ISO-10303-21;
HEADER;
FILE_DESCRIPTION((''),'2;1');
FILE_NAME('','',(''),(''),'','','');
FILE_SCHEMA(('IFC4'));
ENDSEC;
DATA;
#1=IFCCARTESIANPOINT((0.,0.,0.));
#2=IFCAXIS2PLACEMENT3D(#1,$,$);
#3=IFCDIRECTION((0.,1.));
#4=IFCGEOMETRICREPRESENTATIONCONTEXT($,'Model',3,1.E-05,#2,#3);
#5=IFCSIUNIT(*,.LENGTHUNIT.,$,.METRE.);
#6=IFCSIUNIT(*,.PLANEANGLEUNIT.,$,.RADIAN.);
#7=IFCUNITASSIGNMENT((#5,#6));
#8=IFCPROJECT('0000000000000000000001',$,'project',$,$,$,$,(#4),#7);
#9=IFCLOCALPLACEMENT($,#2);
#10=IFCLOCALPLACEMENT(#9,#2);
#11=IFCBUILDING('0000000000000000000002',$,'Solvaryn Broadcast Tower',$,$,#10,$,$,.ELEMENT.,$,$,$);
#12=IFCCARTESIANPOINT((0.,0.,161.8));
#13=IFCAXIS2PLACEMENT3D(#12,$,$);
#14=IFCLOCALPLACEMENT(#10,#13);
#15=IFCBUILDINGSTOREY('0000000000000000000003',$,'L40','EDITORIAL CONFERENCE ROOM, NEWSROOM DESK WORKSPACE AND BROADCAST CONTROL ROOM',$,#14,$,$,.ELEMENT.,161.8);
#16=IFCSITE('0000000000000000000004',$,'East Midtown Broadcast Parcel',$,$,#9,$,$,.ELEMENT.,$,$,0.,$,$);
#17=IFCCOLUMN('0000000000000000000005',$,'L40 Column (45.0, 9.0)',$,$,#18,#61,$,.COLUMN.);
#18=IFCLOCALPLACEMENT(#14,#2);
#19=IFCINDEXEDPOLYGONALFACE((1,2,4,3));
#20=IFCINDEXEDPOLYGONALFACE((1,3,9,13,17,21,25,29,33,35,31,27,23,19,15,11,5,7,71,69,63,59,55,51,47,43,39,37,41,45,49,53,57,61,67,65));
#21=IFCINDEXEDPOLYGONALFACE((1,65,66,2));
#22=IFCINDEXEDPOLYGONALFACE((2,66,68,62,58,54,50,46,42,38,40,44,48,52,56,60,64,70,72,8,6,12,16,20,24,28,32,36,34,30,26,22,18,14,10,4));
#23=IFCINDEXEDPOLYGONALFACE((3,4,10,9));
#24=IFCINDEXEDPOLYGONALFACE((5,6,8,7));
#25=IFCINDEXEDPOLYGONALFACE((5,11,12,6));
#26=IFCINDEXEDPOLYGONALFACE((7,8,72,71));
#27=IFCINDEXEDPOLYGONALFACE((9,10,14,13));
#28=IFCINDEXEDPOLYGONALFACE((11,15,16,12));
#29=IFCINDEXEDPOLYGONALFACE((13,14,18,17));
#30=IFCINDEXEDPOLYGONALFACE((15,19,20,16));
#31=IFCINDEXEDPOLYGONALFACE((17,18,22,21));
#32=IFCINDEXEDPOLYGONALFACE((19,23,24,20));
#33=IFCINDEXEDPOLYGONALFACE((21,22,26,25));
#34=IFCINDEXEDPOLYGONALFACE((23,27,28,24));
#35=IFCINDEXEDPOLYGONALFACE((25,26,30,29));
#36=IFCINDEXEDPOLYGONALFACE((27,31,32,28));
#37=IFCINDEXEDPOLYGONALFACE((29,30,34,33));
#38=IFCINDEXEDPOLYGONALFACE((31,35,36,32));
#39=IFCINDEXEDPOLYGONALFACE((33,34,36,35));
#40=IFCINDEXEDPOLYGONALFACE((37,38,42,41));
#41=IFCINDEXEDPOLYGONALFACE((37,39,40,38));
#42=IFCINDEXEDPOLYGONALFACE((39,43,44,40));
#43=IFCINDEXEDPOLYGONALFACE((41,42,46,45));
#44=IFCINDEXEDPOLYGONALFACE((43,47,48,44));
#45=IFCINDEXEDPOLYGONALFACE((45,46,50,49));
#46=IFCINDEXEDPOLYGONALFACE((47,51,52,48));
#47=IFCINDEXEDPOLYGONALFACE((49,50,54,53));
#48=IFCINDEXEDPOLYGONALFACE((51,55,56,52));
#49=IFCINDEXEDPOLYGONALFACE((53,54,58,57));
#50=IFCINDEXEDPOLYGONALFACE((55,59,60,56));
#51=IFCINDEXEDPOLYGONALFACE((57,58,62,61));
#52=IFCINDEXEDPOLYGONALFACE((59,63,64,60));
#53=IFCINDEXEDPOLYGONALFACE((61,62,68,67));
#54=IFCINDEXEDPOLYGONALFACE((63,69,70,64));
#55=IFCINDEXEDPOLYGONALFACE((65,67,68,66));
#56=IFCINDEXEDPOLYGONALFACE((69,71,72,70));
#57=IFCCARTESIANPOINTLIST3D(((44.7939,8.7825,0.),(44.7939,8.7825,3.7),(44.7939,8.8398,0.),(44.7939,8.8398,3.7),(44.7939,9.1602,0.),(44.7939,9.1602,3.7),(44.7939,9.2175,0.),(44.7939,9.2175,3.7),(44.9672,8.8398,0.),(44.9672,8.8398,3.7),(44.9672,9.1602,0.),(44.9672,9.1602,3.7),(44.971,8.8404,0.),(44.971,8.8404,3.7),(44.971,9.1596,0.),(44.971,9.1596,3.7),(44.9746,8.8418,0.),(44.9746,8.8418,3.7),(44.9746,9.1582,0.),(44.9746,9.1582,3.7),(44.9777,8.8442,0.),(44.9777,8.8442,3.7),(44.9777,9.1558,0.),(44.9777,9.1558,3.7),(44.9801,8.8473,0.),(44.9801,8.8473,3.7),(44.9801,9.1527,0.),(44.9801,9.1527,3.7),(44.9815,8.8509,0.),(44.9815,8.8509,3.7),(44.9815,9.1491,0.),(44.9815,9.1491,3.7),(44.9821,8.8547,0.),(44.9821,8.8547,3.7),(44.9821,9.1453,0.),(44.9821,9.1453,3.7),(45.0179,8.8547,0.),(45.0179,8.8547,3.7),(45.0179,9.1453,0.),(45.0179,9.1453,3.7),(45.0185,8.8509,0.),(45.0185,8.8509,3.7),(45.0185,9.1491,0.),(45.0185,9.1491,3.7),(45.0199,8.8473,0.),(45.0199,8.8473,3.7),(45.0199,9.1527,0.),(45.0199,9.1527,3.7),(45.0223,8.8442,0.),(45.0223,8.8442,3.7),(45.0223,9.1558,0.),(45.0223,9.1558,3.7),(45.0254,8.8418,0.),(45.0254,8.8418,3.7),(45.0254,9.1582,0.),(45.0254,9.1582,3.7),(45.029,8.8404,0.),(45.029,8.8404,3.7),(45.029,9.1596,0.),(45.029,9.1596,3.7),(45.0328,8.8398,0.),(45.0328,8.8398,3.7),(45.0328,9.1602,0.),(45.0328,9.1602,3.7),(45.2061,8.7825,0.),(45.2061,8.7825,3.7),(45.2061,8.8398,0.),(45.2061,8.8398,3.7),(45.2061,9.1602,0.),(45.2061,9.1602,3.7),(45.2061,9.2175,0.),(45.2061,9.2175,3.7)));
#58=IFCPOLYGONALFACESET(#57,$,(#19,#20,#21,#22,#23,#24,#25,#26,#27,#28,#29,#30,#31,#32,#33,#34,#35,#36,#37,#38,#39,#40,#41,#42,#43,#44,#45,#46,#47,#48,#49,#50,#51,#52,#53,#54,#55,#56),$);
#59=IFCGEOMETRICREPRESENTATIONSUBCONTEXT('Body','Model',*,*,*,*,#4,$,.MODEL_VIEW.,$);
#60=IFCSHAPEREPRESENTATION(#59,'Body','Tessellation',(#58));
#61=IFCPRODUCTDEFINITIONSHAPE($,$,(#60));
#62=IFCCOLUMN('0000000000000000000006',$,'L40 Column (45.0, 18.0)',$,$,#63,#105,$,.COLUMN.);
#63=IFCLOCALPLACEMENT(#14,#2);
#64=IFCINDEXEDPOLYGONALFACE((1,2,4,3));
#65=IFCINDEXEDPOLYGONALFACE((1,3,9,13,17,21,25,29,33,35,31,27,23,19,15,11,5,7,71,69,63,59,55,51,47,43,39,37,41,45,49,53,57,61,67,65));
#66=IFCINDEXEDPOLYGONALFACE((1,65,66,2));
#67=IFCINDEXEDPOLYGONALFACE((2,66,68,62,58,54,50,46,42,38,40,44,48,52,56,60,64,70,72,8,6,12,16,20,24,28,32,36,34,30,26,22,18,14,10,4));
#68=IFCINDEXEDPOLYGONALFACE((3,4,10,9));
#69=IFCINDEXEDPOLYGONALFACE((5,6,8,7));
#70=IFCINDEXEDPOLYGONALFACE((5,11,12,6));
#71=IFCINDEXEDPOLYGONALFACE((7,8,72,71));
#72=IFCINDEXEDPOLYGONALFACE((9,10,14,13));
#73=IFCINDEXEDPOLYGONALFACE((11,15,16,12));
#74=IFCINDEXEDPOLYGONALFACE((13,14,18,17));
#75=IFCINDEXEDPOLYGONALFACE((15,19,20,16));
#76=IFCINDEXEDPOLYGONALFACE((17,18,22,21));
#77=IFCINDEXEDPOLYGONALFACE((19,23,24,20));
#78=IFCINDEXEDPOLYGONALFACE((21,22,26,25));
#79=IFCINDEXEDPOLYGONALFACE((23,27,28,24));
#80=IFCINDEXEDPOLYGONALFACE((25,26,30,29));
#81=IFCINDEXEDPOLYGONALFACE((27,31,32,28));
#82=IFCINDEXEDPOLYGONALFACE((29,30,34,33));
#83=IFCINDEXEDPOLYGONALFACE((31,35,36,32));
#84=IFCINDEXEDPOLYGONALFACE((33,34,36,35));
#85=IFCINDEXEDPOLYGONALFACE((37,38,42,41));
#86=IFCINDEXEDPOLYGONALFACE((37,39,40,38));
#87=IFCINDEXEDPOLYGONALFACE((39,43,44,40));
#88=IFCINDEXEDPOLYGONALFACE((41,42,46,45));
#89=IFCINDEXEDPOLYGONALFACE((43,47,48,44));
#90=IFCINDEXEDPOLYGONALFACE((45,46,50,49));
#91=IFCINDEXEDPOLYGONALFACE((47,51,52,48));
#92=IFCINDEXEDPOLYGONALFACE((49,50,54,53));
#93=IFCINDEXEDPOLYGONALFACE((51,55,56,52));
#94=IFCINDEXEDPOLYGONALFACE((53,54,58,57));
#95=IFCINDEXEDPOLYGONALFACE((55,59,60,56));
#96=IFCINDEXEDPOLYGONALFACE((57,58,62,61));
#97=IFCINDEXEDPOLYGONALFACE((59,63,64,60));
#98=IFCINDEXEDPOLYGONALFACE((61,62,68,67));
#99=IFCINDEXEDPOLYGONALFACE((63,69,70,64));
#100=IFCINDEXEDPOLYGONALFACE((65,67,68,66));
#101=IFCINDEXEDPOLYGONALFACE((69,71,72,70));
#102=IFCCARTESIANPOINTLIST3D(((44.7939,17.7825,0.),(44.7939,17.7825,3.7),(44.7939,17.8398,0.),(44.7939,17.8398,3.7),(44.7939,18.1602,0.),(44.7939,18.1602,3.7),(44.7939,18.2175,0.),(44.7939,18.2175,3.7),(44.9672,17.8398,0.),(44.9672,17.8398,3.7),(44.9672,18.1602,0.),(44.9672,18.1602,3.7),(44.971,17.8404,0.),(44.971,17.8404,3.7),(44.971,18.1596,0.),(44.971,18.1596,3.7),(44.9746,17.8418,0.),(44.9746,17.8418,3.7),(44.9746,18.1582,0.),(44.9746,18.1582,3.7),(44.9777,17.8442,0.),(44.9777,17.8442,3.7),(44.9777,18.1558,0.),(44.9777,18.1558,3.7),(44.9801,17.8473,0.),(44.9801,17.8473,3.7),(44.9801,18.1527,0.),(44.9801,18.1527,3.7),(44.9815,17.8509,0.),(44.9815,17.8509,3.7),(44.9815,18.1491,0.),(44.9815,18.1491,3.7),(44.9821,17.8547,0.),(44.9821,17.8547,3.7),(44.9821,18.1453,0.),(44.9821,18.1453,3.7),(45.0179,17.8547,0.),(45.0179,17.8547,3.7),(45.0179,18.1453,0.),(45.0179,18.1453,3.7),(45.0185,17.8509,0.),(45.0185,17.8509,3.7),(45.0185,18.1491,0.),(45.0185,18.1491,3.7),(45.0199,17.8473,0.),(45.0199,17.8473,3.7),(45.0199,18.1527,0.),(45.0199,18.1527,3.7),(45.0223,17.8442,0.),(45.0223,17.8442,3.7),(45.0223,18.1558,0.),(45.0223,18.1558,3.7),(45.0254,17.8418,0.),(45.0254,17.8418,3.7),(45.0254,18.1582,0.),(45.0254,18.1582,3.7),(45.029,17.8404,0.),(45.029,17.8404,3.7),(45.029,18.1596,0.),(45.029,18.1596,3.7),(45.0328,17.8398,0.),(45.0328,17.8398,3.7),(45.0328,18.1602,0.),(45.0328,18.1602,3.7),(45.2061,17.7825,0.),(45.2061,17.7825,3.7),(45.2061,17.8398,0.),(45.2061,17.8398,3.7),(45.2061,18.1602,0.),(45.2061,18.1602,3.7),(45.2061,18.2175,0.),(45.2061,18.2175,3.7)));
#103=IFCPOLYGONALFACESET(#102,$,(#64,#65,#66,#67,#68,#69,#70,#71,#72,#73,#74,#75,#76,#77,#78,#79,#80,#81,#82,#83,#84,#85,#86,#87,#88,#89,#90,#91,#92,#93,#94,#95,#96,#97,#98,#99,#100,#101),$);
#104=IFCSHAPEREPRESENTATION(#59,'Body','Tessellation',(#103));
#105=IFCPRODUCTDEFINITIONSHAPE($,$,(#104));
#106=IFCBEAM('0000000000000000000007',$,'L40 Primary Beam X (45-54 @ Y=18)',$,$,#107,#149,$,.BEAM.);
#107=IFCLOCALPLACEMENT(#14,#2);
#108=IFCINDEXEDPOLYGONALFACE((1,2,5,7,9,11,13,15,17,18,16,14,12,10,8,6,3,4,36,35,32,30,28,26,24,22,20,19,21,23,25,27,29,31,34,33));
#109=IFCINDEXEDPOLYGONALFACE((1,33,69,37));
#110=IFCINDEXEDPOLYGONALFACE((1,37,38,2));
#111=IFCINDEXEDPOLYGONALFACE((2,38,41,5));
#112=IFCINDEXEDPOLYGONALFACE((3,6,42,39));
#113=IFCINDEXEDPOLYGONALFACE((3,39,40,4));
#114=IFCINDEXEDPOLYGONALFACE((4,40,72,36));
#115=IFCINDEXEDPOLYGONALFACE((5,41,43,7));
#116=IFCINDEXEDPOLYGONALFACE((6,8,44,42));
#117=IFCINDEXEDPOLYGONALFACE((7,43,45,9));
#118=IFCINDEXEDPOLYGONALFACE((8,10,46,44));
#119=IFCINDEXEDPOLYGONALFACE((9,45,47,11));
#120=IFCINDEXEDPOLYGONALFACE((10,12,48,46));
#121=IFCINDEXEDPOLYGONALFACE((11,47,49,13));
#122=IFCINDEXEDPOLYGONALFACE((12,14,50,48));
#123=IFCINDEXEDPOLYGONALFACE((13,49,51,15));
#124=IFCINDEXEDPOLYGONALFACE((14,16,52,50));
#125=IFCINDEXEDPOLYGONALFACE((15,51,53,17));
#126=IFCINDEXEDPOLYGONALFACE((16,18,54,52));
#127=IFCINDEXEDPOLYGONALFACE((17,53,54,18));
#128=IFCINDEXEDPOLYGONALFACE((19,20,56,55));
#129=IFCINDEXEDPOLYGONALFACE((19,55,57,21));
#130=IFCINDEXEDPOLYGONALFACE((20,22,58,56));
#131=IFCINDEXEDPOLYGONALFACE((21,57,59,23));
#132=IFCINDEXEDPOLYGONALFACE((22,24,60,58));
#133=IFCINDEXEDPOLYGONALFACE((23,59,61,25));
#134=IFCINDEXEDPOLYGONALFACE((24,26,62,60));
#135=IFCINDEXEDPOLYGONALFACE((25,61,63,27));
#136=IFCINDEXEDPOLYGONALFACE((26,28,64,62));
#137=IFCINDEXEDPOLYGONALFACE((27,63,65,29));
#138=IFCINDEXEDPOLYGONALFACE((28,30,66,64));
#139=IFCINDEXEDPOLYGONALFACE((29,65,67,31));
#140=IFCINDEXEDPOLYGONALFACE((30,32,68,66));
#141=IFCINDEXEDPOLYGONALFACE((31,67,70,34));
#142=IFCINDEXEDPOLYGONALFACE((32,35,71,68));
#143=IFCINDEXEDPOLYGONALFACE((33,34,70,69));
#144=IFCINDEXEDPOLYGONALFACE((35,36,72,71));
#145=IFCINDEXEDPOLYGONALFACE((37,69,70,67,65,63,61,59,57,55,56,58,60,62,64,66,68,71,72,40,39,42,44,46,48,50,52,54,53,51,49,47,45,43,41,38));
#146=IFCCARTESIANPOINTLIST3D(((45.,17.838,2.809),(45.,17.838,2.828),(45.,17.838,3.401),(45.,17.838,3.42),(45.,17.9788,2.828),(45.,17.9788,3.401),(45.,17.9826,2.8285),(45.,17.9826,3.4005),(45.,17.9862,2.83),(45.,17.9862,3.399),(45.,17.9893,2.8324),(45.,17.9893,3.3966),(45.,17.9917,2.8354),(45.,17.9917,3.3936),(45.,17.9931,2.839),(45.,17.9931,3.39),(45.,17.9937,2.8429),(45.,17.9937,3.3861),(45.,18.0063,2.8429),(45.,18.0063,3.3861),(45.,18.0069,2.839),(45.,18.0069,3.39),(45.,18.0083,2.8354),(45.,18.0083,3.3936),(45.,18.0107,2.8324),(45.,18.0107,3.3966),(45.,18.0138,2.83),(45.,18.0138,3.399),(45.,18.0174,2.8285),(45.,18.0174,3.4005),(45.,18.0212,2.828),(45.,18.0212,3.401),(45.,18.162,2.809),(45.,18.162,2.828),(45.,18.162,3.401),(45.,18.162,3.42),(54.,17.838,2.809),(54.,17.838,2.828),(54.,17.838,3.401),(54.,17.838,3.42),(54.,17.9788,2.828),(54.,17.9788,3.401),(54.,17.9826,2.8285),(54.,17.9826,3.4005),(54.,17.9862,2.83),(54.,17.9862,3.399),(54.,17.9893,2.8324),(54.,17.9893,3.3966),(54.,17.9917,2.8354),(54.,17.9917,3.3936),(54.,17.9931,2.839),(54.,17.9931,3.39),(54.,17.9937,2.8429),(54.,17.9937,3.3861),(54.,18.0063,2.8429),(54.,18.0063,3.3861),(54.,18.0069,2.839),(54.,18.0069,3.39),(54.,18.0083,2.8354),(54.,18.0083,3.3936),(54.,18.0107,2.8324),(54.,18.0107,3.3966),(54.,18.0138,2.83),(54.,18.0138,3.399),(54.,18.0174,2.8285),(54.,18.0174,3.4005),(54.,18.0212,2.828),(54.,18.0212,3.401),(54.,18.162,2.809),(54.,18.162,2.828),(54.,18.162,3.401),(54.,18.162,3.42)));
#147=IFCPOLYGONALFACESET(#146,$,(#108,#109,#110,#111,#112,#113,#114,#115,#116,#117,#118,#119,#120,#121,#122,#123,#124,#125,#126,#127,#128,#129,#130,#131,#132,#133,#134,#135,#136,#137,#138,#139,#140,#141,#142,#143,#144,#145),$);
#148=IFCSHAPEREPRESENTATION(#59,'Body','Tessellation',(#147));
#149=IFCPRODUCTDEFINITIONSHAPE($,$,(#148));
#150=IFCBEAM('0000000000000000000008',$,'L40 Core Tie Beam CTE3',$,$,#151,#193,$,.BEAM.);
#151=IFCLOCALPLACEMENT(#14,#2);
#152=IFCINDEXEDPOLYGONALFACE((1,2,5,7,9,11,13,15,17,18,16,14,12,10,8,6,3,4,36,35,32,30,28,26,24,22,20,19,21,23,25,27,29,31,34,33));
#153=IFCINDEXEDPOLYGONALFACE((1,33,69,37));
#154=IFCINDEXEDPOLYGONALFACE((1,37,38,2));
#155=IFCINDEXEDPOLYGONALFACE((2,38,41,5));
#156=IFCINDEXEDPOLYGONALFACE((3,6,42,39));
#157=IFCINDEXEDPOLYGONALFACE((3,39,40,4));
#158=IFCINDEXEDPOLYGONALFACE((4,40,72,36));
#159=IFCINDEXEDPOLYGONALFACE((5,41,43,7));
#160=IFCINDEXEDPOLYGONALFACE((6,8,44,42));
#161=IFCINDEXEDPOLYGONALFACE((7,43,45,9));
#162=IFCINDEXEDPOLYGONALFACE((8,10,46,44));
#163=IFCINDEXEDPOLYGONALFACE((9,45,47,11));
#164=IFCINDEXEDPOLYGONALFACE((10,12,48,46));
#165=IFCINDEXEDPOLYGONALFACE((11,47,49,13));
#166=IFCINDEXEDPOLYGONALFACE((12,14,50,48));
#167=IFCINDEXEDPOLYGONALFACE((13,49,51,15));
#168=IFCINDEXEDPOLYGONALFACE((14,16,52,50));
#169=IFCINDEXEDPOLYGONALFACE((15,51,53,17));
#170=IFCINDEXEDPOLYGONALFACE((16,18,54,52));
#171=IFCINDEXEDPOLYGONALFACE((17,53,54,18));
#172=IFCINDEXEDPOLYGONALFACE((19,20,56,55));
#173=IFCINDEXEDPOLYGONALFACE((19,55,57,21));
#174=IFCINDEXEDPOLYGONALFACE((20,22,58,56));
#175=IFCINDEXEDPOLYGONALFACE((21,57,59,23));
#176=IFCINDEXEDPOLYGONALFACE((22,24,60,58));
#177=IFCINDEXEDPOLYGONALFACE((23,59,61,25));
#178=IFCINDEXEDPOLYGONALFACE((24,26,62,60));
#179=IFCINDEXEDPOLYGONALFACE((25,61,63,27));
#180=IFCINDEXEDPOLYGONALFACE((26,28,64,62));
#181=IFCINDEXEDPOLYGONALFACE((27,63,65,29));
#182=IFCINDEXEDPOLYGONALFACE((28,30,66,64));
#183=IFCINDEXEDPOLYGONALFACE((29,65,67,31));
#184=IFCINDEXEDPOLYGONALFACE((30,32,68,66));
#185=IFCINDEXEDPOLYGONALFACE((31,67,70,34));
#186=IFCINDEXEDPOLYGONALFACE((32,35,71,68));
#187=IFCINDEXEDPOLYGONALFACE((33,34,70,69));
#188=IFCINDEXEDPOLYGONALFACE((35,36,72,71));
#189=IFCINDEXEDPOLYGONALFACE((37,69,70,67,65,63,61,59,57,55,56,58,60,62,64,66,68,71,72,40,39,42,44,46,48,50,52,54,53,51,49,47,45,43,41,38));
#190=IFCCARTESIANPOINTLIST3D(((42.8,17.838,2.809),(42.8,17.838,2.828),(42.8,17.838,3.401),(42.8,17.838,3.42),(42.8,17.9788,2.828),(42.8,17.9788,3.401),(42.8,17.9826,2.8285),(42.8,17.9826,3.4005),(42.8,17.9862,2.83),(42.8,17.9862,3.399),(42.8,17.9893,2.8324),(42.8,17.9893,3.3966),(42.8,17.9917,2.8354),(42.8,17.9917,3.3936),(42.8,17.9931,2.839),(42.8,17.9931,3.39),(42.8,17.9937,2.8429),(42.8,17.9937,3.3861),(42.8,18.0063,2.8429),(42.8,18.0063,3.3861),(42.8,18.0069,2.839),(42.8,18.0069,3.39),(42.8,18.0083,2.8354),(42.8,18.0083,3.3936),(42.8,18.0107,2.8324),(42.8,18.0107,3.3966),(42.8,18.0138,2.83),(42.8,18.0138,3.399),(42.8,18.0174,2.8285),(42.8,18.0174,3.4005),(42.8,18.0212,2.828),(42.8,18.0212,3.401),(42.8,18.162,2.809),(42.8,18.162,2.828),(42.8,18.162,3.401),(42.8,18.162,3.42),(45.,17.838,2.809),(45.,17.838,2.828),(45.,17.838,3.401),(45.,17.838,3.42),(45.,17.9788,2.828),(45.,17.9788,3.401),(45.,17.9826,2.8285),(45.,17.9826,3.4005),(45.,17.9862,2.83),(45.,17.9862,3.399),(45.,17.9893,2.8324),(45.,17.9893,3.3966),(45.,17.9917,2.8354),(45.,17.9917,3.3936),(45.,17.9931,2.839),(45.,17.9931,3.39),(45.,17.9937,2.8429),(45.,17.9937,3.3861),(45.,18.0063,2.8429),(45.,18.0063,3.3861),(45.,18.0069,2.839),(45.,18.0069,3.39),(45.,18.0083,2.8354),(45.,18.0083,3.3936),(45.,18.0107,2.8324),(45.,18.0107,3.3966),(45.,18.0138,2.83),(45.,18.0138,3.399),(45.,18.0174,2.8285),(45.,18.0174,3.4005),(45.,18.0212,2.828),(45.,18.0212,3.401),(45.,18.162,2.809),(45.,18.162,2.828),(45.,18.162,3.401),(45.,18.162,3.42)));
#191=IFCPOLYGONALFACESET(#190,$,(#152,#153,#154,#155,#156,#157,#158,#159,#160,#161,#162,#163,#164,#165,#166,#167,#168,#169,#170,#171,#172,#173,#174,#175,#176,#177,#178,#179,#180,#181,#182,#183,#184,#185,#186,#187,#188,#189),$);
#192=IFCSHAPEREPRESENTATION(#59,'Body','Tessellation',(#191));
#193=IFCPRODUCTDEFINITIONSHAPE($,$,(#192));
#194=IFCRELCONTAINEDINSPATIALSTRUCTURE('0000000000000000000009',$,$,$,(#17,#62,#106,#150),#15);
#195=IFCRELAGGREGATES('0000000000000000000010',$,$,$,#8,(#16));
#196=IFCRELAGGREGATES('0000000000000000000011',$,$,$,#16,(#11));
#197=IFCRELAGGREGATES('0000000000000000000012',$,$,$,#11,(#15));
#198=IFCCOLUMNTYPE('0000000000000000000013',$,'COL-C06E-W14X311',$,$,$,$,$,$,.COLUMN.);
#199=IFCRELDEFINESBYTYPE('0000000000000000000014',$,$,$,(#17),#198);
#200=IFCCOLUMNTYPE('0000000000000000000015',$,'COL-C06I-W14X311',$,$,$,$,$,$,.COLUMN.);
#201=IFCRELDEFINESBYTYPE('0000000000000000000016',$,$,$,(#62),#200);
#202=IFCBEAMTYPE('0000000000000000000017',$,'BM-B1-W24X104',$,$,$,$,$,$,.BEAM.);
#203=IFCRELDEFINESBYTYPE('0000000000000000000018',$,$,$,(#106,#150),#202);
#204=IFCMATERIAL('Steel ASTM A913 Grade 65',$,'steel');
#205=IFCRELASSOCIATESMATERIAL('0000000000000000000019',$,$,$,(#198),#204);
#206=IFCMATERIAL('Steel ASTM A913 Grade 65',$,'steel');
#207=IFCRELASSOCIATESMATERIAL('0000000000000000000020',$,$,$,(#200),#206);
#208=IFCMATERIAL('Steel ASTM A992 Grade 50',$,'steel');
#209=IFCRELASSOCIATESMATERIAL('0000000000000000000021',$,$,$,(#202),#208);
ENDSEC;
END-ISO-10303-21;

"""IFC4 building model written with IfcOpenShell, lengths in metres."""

from ifc_helpers import new_model, si_unit, direction, frame, origin, origin_2d, place, context, subcontext, project, spatial, i_section, extrude, material, material_profile, profile_set, type_object, element, save


model = new_model("IFC4")

# Units and contexts
model_context = context("Model", 3, precision=1e-05, world=origin(), true_north=direction((0.0, 1.0)))
body_context = subcontext(model_context, "Body", "Model", "MODEL_VIEW")
ifc_project = project(units=[si_unit("LENGTHUNIT", "METRE"), si_unit("PLANEANGLEUNIT", "RADIAN")], contexts=[model_context])

# Site, building, storey
site_placement = place(None, origin())
site = spatial("IfcSite", under=ifc_project, at=site_placement, Name="East Midtown Broadcast Parcel", CompositionType="ELEMENT", RefElevation=0.0)
building_placement = place(site_placement, origin())
building = spatial("IfcBuilding", under=site, at=building_placement, Name="Solvaryn Broadcast Tower", CompositionType="ELEMENT")
storey_placement = place(building_placement, frame((0.0, 0.0, 161.8)))
storey = spatial("IfcBuildingStorey", under=building, at=storey_placement, Name="L40", Description="EDITORIAL CONFERENCE ROOM, NEWSROOM DESK WORKSPACE AND BROADCAST CONTROL ROOM", CompositionType="ELEMENT", Elevation=161.8)

# Columns
ifc_material_1 = material(Name="Steel ASTM A913 Grade 65", Category="steel")
ifc_material_profile_1 = material_profile(ifc_material_1, i_section(OverallWidth=0.4121, OverallDepth=0.4351, WebThickness=0.0359, FlangeThickness=0.0574, FilletRadius=0.0149, at=origin_2d()))
ifc_profile_set_1 = profile_set([ifc_material_profile_1], Name="Steel ASTM A913 Grade 65")
column_type_1 = type_object("IfcColumnType", Name="COL-C06E-W14X311", PredefinedType="COLUMN", material=ifc_profile_set_1)
column_1_placement = place(storey_placement, frame((45.0, 9.0, 0.0), z_axis=(0.0, 0.0, 1.0), x_axis=(1.0, 0.0, 0.0)))
element("IfcColumn", 1, at=column_1_placement, inside=storey, type_object=column_type_1, Name="L40 Column (45.0, 9.0)", PredefinedType="COLUMN", context=body_context, shape_type="SweptSolid", body=[
    extrude(i_section(OverallWidth=0.4121, OverallDepth=0.4351, WebThickness=0.0359, FlangeThickness=0.0574, FilletRadius=0.0149, at=origin_2d()), origin(), (0.0, 0.0, 1.0), 3.7),
])
ifc_material_2 = material(Name="Steel ASTM A913 Grade 65", Category="steel")
ifc_material_profile_2 = material_profile(ifc_material_2, i_section(OverallWidth=0.4121, OverallDepth=0.4351, WebThickness=0.0359, FlangeThickness=0.0574, FilletRadius=0.0149, at=origin_2d()))
ifc_profile_set_2 = profile_set([ifc_material_profile_2], Name="Steel ASTM A913 Grade 65")
column_type_2 = type_object("IfcColumnType", Name="COL-C06I-W14X311", PredefinedType="COLUMN", material=ifc_profile_set_2)
column_2_placement = place(storey_placement, frame((45.0, 18.0, 0.0), z_axis=(0.0, 0.0, 1.0), x_axis=(1.0, 0.0, 0.0)))
element("IfcColumn", 2, at=column_2_placement, inside=storey, type_object=column_type_2, Name="L40 Column (45.0, 18.0)", PredefinedType="COLUMN", context=body_context, shape_type="SweptSolid", body=[
    extrude(i_section(OverallWidth=0.4121, OverallDepth=0.4351, WebThickness=0.0359, FlangeThickness=0.0574, FilletRadius=0.0149, at=origin_2d()), origin(), (0.0, 0.0, 1.0), 3.7),
])

# Beams
ifc_material_3 = material(Name="Steel ASTM A992 Grade 50", Category="steel")
ifc_material_profile_3 = material_profile(ifc_material_3, i_section(OverallWidth=0.324, OverallDepth=0.6111, WebThickness=0.0127, FlangeThickness=0.019, FilletRadius=0.0149, at=origin_2d()))
ifc_profile_set_3 = profile_set([ifc_material_profile_3], Name="Steel ASTM A992 Grade 50")
beam_type = type_object("IfcBeamType", Name="BM-B1-W24X104", PredefinedType="BEAM", material=ifc_profile_set_3)
beam_1_placement = place(storey_placement, frame((45.0, 18.0, 3.1145), z_axis=(1.0, 0.0, 0.0), x_axis=(0.0, 1.0, 0.0)))
element("IfcBeam", 3, at=beam_1_placement, inside=storey, type_object=beam_type, Name="L40 Primary Beam X (45-54 @ Y=18)", PredefinedType="BEAM", context=body_context, shape_type="SweptSolid", body=[
    extrude(i_section(OverallWidth=0.324, OverallDepth=0.6111, WebThickness=0.0127, FlangeThickness=0.019, FilletRadius=0.0149, at=origin_2d()), origin(), (0.0, 0.0, 1.0), 9.0),
])
beam_2_placement = place(storey_placement, frame((42.8, 18.0, 3.1145), z_axis=(1.0, 0.0, 0.0), x_axis=(0.0, 1.0, 0.0)))
element("IfcBeam", 4, at=beam_2_placement, inside=storey, type_object=beam_type, Name="L40 Core Tie Beam CTE3", PredefinedType="BEAM", context=body_context, shape_type="SweptSolid", body=[
    extrude(i_section(OverallWidth=0.324, OverallDepth=0.6111, WebThickness=0.0127, FlangeThickness=0.019, FilletRadius=0.0149, at=origin_2d()), origin(), (0.0, 0.0, 1.0), 2.2),
])

save(model, "model.ifc")
